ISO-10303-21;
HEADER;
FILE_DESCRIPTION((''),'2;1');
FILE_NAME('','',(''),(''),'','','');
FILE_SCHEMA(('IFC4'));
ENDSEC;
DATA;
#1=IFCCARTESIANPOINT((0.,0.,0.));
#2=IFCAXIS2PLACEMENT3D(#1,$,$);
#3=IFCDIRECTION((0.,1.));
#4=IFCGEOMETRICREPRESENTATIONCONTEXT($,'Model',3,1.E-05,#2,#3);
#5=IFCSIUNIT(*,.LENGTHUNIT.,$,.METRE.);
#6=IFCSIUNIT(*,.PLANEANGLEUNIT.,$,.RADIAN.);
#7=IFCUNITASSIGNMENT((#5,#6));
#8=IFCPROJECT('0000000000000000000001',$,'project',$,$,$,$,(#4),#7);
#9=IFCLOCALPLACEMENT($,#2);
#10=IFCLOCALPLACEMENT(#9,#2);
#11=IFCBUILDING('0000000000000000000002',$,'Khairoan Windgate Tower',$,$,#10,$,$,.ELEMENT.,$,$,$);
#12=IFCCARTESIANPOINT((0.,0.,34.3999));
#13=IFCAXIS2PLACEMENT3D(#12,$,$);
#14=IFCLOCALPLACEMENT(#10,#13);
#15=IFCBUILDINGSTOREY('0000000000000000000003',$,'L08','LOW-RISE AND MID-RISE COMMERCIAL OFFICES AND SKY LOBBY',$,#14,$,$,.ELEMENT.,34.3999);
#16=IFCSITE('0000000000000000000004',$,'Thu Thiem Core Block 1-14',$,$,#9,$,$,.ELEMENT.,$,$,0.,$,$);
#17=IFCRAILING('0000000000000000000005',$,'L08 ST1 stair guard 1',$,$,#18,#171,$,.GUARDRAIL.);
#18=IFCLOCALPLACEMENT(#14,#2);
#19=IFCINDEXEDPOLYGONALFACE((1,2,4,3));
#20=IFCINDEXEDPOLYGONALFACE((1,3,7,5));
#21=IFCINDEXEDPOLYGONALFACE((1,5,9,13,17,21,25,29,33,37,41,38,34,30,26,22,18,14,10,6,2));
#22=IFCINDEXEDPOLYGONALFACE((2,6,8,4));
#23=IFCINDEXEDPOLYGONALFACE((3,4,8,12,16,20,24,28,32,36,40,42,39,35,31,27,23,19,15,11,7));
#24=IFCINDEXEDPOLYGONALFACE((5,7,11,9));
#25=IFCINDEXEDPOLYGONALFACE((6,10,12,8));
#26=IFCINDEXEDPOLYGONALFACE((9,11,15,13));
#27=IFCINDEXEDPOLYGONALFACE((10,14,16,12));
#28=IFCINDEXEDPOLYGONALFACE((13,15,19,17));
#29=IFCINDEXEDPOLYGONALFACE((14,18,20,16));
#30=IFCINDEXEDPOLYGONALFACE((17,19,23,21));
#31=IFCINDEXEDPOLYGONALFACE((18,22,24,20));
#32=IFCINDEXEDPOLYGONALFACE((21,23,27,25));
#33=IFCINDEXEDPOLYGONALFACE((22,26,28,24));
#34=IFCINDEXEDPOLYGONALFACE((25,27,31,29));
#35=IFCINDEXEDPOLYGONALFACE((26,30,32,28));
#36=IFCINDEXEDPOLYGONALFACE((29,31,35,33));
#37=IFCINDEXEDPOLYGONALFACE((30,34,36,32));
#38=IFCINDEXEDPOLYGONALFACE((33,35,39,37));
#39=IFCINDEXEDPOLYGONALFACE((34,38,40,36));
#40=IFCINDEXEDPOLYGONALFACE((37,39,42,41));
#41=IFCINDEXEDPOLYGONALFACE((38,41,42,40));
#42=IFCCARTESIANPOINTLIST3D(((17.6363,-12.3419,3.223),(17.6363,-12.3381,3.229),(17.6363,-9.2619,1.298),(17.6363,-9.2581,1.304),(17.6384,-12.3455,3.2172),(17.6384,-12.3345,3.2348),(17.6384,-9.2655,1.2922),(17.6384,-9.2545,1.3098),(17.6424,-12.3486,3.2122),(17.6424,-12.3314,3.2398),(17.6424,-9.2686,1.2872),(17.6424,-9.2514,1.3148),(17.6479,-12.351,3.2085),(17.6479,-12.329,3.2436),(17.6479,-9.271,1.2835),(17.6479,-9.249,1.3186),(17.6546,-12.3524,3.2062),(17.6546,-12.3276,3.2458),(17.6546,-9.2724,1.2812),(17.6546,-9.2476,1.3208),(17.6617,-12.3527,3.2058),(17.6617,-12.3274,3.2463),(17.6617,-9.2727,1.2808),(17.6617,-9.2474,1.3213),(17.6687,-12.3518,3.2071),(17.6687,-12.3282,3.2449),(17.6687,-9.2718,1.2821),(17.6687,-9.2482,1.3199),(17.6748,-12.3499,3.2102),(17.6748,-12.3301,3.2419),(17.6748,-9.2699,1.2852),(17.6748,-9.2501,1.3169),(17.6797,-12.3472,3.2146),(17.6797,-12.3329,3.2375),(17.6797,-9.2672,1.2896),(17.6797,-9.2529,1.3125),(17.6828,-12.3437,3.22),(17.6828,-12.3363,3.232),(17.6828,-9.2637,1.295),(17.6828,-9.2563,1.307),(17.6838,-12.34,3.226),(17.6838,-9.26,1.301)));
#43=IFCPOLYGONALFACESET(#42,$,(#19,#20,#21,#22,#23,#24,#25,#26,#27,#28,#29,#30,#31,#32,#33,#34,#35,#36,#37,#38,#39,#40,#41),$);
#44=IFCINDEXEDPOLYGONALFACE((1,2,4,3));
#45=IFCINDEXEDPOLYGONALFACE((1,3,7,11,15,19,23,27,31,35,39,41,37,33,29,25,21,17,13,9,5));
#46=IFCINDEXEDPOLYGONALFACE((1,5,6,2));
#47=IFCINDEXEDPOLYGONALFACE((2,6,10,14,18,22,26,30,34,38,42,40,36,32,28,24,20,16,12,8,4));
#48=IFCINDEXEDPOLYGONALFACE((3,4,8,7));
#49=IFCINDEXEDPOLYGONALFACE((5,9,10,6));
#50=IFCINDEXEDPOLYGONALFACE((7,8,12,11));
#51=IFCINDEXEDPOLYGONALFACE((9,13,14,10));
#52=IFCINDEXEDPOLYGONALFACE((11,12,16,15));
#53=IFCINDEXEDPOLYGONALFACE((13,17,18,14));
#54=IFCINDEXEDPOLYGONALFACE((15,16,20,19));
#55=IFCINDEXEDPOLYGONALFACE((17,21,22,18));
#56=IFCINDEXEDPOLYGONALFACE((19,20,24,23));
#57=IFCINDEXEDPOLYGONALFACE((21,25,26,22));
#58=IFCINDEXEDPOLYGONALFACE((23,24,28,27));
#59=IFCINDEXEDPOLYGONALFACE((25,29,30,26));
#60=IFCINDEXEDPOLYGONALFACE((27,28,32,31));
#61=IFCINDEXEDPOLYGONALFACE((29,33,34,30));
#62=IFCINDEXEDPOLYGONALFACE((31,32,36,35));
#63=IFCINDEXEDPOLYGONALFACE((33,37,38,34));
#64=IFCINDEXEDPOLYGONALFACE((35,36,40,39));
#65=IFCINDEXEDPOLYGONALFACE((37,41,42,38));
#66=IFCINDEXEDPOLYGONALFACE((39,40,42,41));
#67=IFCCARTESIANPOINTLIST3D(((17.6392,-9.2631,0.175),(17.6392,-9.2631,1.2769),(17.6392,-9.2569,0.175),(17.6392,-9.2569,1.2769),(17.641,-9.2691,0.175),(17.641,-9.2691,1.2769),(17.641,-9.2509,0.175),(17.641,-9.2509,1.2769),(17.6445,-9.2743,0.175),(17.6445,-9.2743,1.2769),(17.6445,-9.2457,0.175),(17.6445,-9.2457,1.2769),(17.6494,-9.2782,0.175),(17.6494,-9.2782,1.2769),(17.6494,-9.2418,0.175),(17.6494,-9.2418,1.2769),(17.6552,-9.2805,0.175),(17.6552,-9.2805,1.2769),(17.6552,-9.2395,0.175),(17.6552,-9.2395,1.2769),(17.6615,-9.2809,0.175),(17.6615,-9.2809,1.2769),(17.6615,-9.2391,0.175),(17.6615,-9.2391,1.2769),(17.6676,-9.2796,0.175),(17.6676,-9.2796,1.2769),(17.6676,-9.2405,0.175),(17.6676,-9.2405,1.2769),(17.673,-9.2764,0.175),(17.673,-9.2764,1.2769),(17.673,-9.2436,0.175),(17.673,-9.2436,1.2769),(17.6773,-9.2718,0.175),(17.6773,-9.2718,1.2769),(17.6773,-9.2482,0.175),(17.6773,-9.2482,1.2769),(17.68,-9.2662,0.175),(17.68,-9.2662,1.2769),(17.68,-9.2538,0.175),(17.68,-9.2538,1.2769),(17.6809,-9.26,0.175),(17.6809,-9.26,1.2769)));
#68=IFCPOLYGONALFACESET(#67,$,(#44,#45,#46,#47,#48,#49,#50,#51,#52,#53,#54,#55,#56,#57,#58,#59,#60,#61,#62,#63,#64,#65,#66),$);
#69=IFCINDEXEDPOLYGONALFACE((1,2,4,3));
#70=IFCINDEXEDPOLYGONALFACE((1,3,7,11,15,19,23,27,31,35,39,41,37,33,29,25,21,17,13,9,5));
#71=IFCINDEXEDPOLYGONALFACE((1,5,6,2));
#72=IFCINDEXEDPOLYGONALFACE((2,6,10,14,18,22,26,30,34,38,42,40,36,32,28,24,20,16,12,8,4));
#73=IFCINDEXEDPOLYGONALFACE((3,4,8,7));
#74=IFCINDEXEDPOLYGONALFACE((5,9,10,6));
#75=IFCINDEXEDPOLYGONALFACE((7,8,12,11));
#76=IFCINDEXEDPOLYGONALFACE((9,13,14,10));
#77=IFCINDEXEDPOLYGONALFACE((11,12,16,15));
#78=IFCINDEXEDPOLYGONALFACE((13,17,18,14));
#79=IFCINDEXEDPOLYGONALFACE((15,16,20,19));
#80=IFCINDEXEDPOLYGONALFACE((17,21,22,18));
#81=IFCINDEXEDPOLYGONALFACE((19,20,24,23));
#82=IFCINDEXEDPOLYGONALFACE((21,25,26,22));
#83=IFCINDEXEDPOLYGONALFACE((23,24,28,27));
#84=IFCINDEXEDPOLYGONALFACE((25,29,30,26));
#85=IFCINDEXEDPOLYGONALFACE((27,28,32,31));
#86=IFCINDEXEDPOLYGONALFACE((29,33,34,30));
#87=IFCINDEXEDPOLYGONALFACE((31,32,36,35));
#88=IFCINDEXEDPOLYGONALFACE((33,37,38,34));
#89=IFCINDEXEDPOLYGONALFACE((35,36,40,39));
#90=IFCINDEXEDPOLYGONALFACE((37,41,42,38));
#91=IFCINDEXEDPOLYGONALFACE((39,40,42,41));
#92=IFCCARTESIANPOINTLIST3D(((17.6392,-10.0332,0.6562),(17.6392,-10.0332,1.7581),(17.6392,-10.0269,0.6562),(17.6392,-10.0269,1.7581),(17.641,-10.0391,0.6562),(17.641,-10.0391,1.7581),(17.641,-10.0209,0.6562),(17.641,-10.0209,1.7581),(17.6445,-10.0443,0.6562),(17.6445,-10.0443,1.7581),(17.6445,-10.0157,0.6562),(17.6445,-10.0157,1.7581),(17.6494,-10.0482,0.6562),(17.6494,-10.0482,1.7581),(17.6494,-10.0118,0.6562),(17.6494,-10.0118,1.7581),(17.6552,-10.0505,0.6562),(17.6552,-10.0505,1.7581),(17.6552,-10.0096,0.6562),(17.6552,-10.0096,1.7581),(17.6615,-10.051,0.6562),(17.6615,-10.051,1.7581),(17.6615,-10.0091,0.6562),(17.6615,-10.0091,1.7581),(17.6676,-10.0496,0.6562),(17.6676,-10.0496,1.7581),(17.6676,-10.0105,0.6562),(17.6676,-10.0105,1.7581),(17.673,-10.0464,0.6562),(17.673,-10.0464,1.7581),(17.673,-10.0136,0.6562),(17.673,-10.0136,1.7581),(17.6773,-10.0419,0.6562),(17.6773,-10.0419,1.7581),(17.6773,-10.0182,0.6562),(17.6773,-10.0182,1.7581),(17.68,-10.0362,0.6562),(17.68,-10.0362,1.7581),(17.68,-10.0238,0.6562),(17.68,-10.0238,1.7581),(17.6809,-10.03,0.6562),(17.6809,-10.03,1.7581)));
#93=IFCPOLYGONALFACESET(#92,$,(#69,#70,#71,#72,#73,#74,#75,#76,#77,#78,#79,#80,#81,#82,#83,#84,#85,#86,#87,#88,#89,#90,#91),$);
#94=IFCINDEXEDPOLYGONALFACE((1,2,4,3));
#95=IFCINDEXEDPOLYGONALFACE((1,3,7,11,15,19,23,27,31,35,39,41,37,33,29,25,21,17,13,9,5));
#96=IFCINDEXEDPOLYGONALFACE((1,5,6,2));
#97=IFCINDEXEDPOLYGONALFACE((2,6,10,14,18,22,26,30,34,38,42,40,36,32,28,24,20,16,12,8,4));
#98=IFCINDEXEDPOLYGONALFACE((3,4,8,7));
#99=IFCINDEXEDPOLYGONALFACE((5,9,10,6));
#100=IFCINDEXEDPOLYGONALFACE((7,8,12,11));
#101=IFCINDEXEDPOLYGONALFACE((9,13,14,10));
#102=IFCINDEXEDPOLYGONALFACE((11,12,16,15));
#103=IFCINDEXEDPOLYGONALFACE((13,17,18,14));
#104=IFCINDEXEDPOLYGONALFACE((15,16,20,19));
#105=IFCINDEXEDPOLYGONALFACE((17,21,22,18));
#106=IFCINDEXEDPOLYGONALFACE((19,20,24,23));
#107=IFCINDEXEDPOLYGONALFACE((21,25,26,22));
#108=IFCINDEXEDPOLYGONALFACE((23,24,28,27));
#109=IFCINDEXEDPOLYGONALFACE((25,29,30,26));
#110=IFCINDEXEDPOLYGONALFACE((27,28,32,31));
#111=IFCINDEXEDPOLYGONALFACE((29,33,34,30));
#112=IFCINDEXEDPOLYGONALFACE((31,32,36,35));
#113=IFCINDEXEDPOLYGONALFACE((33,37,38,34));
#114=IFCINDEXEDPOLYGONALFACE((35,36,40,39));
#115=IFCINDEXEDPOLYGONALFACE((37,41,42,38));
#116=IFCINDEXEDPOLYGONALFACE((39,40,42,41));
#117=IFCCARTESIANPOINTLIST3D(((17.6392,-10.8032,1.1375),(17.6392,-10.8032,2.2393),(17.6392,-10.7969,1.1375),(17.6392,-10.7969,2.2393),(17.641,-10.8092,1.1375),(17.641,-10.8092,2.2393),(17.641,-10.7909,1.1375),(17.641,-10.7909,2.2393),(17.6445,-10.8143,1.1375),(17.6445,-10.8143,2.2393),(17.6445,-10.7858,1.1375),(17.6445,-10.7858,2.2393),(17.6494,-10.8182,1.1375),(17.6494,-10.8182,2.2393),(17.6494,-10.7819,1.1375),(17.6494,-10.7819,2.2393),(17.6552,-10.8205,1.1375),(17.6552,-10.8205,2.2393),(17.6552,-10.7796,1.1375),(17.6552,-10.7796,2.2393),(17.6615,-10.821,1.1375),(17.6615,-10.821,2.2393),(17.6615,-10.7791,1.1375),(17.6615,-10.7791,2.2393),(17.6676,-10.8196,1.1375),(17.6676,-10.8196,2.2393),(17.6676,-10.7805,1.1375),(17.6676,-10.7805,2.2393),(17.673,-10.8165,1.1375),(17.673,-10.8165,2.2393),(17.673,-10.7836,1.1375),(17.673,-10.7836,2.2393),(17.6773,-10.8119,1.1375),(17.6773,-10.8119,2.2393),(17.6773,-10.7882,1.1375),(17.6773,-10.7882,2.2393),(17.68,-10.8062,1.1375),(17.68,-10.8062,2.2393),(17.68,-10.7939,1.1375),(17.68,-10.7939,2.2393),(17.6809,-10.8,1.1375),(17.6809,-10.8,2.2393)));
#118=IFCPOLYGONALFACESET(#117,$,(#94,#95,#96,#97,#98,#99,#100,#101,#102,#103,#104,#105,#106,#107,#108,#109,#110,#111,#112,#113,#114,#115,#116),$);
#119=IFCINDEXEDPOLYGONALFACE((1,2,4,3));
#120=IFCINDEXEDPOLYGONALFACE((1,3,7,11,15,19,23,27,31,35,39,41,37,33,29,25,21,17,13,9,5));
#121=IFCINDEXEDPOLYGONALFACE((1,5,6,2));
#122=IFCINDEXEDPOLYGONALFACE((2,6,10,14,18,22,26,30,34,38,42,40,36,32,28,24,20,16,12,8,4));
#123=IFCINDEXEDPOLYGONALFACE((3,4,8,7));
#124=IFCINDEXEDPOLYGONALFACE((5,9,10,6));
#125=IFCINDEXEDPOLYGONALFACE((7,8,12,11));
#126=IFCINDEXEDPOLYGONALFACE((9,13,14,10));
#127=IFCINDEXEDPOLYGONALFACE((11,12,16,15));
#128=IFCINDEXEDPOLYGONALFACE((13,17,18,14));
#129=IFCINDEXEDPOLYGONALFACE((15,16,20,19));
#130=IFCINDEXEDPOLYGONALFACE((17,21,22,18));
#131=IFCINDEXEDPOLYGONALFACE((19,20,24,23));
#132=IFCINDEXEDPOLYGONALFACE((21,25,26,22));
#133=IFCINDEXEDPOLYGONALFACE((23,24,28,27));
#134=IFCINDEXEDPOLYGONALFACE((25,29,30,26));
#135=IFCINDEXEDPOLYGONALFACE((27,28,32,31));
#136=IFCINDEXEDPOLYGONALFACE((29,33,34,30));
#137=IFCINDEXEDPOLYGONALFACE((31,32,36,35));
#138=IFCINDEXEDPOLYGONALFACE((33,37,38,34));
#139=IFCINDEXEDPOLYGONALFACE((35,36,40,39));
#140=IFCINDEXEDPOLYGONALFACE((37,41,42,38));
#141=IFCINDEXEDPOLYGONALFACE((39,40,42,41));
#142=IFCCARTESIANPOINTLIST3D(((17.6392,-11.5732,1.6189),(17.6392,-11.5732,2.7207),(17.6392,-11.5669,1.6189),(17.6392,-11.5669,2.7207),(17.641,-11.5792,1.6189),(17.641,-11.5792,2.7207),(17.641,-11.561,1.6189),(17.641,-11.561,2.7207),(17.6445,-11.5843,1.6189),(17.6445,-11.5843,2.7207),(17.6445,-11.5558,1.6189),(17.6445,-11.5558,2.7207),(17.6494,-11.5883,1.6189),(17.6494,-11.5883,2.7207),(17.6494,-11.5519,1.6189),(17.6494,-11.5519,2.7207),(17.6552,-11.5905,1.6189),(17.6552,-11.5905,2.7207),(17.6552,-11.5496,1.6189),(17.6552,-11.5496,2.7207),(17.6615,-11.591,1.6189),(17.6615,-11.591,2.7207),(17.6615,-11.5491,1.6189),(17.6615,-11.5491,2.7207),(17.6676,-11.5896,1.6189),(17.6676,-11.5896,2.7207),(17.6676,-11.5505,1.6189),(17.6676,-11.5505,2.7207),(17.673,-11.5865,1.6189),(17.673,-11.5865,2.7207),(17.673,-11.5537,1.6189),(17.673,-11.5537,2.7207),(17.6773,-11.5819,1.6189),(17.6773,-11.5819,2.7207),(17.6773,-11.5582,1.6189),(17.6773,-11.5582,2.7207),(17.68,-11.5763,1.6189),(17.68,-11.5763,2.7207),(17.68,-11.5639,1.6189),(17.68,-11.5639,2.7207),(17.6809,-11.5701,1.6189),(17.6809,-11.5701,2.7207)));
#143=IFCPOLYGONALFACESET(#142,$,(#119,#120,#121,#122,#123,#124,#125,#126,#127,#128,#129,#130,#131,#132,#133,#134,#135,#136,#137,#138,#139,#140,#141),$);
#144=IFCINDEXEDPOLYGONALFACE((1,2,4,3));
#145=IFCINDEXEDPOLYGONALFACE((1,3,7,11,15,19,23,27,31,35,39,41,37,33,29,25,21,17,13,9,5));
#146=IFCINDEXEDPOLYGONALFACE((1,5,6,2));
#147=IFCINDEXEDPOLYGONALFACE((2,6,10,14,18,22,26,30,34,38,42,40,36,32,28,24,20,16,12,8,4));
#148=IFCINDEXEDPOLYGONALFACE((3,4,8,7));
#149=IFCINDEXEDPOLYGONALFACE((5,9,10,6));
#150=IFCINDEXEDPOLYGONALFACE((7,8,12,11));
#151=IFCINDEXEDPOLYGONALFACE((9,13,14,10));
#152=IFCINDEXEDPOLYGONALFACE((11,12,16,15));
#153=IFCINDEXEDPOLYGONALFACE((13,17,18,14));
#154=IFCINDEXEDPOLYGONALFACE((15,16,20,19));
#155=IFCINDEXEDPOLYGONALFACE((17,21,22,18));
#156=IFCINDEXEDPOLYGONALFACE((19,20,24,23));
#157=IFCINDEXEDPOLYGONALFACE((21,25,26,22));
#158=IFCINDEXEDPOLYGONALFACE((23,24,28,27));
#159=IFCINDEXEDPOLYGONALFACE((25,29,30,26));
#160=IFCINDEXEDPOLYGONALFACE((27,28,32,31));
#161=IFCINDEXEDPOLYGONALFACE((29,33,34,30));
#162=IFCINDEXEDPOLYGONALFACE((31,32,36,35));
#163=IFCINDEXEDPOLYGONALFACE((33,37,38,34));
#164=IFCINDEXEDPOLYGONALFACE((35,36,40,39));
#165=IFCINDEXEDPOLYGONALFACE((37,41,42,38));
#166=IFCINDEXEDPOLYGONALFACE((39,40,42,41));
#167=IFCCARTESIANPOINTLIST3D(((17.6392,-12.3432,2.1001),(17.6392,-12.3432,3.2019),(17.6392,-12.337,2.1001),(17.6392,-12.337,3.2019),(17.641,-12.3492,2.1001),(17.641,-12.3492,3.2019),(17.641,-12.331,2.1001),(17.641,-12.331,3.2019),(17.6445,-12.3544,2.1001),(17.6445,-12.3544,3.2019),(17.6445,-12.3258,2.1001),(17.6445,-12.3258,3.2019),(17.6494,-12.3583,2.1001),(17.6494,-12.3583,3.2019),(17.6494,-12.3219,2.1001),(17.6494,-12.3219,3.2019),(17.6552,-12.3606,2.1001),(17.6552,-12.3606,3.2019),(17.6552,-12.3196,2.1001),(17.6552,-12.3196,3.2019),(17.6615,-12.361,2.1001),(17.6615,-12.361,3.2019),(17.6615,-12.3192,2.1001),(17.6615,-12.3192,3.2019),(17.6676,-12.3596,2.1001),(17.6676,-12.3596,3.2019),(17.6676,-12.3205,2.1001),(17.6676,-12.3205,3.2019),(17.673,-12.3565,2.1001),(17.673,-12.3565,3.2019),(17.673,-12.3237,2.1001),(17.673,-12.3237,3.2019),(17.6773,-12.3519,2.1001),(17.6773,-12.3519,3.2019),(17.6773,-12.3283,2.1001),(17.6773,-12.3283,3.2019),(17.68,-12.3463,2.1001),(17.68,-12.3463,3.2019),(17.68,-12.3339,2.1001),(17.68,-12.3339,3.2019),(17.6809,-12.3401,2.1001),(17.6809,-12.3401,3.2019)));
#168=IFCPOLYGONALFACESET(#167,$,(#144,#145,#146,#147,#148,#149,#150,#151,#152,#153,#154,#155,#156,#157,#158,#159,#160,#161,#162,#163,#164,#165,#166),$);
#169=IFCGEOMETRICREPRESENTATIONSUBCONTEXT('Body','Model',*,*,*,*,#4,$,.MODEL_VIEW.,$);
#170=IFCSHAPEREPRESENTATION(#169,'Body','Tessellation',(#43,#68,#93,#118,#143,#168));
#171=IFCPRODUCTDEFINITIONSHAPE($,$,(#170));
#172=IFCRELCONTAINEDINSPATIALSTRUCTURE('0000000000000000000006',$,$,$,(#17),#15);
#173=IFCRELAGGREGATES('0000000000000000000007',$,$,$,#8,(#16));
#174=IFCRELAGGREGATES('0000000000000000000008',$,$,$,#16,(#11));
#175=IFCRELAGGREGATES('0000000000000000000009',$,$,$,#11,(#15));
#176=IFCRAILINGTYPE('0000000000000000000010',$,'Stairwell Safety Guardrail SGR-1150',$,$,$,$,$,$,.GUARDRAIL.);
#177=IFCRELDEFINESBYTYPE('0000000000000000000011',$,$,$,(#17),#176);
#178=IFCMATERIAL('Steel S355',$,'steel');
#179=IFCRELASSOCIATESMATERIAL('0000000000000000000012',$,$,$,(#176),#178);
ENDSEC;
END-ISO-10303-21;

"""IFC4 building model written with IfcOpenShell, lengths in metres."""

from ifc_helpers import new_model, si_unit, direction, frame, origin, origin_2d, place, context, subcontext, project, spatial, circle, extrude, material, type_object, element, save


model = new_model("IFC4")

# Units and contexts
model_context = context("Model", 3, precision=1e-05, world=origin(), true_north=direction((0.0, 1.0)))
body_context = subcontext(model_context, "Body", "Model", "MODEL_VIEW")
ifc_project = project(units=[si_unit("LENGTHUNIT", "METRE"), si_unit("PLANEANGLEUNIT", "RADIAN")], contexts=[model_context])

# Site, building, storey
site_placement = place(None, origin())
site = spatial("IfcSite", under=ifc_project, at=site_placement, Name="Thu Thiem Core Block 1-14", CompositionType="ELEMENT", RefElevation=0.0)
building_placement = place(site_placement, origin())
building = spatial("IfcBuilding", under=site, at=building_placement, Name="Khairoan Windgate Tower", CompositionType="ELEMENT")
storey_placement = place(building_placement, frame((0.0, 0.0, 34.3999)))
storey = spatial("IfcBuildingStorey", under=building, at=storey_placement, Name="L08", Description="LOW-RISE AND MID-RISE COMMERCIAL OFFICES AND SKY LOBBY", CompositionType="ELEMENT", Elevation=34.3999)

# Railing
ifc_material_1 = material(Name="Steel S355", Category="steel")
railing_type = type_object("IfcRailingType", Name="Stairwell Safety Guardrail SGR-1150", PredefinedType="GUARDRAIL", material=ifc_material_1)
railing_1_placement = place(storey_placement, frame((17.6599, -9.26, 0.175)))
element("IfcRailing", 1, at=railing_1_placement, inside=storey, type_object=railing_type, Name="L08 ST1 stair guard 1", PredefinedType="GUARDRAIL", context=body_context, shape_type="SweptSolid", body=[
    extrude(circle(Radius=0.0239, at=origin_2d()), frame((0.0, 0.0, 1.126), z_axis=(0.0, -0.847998, 0.529999), x_axis=(1.0, 0.0, 0.0)), (0.0, 0.0, 1.0), 3.6321),
    extrude(circle(Radius=0.021, at=origin_2d()), origin(), (0.0, 0.0, 1.0), 1.1018),
    extrude(circle(Radius=0.021, at=origin_2d()), frame((0.0, -0.77, 0.4812)), (0.0, 0.0, 1.0), 1.1018),
    extrude(circle(Radius=0.021, at=origin_2d()), frame((0.0, -1.54, 0.9624)), (0.0, 0.0, 1.0), 1.1018),
    extrude(circle(Radius=0.021, at=origin_2d()), frame((0.0, -2.3101, 1.4438)), (0.0, 0.0, 1.0), 1.1018),
    extrude(circle(Radius=0.021, at=origin_2d()), frame((0.0, -3.0801, 1.925)), (0.0, 0.0, 1.0), 1.1018),
])

save(model, "model.ifc")
